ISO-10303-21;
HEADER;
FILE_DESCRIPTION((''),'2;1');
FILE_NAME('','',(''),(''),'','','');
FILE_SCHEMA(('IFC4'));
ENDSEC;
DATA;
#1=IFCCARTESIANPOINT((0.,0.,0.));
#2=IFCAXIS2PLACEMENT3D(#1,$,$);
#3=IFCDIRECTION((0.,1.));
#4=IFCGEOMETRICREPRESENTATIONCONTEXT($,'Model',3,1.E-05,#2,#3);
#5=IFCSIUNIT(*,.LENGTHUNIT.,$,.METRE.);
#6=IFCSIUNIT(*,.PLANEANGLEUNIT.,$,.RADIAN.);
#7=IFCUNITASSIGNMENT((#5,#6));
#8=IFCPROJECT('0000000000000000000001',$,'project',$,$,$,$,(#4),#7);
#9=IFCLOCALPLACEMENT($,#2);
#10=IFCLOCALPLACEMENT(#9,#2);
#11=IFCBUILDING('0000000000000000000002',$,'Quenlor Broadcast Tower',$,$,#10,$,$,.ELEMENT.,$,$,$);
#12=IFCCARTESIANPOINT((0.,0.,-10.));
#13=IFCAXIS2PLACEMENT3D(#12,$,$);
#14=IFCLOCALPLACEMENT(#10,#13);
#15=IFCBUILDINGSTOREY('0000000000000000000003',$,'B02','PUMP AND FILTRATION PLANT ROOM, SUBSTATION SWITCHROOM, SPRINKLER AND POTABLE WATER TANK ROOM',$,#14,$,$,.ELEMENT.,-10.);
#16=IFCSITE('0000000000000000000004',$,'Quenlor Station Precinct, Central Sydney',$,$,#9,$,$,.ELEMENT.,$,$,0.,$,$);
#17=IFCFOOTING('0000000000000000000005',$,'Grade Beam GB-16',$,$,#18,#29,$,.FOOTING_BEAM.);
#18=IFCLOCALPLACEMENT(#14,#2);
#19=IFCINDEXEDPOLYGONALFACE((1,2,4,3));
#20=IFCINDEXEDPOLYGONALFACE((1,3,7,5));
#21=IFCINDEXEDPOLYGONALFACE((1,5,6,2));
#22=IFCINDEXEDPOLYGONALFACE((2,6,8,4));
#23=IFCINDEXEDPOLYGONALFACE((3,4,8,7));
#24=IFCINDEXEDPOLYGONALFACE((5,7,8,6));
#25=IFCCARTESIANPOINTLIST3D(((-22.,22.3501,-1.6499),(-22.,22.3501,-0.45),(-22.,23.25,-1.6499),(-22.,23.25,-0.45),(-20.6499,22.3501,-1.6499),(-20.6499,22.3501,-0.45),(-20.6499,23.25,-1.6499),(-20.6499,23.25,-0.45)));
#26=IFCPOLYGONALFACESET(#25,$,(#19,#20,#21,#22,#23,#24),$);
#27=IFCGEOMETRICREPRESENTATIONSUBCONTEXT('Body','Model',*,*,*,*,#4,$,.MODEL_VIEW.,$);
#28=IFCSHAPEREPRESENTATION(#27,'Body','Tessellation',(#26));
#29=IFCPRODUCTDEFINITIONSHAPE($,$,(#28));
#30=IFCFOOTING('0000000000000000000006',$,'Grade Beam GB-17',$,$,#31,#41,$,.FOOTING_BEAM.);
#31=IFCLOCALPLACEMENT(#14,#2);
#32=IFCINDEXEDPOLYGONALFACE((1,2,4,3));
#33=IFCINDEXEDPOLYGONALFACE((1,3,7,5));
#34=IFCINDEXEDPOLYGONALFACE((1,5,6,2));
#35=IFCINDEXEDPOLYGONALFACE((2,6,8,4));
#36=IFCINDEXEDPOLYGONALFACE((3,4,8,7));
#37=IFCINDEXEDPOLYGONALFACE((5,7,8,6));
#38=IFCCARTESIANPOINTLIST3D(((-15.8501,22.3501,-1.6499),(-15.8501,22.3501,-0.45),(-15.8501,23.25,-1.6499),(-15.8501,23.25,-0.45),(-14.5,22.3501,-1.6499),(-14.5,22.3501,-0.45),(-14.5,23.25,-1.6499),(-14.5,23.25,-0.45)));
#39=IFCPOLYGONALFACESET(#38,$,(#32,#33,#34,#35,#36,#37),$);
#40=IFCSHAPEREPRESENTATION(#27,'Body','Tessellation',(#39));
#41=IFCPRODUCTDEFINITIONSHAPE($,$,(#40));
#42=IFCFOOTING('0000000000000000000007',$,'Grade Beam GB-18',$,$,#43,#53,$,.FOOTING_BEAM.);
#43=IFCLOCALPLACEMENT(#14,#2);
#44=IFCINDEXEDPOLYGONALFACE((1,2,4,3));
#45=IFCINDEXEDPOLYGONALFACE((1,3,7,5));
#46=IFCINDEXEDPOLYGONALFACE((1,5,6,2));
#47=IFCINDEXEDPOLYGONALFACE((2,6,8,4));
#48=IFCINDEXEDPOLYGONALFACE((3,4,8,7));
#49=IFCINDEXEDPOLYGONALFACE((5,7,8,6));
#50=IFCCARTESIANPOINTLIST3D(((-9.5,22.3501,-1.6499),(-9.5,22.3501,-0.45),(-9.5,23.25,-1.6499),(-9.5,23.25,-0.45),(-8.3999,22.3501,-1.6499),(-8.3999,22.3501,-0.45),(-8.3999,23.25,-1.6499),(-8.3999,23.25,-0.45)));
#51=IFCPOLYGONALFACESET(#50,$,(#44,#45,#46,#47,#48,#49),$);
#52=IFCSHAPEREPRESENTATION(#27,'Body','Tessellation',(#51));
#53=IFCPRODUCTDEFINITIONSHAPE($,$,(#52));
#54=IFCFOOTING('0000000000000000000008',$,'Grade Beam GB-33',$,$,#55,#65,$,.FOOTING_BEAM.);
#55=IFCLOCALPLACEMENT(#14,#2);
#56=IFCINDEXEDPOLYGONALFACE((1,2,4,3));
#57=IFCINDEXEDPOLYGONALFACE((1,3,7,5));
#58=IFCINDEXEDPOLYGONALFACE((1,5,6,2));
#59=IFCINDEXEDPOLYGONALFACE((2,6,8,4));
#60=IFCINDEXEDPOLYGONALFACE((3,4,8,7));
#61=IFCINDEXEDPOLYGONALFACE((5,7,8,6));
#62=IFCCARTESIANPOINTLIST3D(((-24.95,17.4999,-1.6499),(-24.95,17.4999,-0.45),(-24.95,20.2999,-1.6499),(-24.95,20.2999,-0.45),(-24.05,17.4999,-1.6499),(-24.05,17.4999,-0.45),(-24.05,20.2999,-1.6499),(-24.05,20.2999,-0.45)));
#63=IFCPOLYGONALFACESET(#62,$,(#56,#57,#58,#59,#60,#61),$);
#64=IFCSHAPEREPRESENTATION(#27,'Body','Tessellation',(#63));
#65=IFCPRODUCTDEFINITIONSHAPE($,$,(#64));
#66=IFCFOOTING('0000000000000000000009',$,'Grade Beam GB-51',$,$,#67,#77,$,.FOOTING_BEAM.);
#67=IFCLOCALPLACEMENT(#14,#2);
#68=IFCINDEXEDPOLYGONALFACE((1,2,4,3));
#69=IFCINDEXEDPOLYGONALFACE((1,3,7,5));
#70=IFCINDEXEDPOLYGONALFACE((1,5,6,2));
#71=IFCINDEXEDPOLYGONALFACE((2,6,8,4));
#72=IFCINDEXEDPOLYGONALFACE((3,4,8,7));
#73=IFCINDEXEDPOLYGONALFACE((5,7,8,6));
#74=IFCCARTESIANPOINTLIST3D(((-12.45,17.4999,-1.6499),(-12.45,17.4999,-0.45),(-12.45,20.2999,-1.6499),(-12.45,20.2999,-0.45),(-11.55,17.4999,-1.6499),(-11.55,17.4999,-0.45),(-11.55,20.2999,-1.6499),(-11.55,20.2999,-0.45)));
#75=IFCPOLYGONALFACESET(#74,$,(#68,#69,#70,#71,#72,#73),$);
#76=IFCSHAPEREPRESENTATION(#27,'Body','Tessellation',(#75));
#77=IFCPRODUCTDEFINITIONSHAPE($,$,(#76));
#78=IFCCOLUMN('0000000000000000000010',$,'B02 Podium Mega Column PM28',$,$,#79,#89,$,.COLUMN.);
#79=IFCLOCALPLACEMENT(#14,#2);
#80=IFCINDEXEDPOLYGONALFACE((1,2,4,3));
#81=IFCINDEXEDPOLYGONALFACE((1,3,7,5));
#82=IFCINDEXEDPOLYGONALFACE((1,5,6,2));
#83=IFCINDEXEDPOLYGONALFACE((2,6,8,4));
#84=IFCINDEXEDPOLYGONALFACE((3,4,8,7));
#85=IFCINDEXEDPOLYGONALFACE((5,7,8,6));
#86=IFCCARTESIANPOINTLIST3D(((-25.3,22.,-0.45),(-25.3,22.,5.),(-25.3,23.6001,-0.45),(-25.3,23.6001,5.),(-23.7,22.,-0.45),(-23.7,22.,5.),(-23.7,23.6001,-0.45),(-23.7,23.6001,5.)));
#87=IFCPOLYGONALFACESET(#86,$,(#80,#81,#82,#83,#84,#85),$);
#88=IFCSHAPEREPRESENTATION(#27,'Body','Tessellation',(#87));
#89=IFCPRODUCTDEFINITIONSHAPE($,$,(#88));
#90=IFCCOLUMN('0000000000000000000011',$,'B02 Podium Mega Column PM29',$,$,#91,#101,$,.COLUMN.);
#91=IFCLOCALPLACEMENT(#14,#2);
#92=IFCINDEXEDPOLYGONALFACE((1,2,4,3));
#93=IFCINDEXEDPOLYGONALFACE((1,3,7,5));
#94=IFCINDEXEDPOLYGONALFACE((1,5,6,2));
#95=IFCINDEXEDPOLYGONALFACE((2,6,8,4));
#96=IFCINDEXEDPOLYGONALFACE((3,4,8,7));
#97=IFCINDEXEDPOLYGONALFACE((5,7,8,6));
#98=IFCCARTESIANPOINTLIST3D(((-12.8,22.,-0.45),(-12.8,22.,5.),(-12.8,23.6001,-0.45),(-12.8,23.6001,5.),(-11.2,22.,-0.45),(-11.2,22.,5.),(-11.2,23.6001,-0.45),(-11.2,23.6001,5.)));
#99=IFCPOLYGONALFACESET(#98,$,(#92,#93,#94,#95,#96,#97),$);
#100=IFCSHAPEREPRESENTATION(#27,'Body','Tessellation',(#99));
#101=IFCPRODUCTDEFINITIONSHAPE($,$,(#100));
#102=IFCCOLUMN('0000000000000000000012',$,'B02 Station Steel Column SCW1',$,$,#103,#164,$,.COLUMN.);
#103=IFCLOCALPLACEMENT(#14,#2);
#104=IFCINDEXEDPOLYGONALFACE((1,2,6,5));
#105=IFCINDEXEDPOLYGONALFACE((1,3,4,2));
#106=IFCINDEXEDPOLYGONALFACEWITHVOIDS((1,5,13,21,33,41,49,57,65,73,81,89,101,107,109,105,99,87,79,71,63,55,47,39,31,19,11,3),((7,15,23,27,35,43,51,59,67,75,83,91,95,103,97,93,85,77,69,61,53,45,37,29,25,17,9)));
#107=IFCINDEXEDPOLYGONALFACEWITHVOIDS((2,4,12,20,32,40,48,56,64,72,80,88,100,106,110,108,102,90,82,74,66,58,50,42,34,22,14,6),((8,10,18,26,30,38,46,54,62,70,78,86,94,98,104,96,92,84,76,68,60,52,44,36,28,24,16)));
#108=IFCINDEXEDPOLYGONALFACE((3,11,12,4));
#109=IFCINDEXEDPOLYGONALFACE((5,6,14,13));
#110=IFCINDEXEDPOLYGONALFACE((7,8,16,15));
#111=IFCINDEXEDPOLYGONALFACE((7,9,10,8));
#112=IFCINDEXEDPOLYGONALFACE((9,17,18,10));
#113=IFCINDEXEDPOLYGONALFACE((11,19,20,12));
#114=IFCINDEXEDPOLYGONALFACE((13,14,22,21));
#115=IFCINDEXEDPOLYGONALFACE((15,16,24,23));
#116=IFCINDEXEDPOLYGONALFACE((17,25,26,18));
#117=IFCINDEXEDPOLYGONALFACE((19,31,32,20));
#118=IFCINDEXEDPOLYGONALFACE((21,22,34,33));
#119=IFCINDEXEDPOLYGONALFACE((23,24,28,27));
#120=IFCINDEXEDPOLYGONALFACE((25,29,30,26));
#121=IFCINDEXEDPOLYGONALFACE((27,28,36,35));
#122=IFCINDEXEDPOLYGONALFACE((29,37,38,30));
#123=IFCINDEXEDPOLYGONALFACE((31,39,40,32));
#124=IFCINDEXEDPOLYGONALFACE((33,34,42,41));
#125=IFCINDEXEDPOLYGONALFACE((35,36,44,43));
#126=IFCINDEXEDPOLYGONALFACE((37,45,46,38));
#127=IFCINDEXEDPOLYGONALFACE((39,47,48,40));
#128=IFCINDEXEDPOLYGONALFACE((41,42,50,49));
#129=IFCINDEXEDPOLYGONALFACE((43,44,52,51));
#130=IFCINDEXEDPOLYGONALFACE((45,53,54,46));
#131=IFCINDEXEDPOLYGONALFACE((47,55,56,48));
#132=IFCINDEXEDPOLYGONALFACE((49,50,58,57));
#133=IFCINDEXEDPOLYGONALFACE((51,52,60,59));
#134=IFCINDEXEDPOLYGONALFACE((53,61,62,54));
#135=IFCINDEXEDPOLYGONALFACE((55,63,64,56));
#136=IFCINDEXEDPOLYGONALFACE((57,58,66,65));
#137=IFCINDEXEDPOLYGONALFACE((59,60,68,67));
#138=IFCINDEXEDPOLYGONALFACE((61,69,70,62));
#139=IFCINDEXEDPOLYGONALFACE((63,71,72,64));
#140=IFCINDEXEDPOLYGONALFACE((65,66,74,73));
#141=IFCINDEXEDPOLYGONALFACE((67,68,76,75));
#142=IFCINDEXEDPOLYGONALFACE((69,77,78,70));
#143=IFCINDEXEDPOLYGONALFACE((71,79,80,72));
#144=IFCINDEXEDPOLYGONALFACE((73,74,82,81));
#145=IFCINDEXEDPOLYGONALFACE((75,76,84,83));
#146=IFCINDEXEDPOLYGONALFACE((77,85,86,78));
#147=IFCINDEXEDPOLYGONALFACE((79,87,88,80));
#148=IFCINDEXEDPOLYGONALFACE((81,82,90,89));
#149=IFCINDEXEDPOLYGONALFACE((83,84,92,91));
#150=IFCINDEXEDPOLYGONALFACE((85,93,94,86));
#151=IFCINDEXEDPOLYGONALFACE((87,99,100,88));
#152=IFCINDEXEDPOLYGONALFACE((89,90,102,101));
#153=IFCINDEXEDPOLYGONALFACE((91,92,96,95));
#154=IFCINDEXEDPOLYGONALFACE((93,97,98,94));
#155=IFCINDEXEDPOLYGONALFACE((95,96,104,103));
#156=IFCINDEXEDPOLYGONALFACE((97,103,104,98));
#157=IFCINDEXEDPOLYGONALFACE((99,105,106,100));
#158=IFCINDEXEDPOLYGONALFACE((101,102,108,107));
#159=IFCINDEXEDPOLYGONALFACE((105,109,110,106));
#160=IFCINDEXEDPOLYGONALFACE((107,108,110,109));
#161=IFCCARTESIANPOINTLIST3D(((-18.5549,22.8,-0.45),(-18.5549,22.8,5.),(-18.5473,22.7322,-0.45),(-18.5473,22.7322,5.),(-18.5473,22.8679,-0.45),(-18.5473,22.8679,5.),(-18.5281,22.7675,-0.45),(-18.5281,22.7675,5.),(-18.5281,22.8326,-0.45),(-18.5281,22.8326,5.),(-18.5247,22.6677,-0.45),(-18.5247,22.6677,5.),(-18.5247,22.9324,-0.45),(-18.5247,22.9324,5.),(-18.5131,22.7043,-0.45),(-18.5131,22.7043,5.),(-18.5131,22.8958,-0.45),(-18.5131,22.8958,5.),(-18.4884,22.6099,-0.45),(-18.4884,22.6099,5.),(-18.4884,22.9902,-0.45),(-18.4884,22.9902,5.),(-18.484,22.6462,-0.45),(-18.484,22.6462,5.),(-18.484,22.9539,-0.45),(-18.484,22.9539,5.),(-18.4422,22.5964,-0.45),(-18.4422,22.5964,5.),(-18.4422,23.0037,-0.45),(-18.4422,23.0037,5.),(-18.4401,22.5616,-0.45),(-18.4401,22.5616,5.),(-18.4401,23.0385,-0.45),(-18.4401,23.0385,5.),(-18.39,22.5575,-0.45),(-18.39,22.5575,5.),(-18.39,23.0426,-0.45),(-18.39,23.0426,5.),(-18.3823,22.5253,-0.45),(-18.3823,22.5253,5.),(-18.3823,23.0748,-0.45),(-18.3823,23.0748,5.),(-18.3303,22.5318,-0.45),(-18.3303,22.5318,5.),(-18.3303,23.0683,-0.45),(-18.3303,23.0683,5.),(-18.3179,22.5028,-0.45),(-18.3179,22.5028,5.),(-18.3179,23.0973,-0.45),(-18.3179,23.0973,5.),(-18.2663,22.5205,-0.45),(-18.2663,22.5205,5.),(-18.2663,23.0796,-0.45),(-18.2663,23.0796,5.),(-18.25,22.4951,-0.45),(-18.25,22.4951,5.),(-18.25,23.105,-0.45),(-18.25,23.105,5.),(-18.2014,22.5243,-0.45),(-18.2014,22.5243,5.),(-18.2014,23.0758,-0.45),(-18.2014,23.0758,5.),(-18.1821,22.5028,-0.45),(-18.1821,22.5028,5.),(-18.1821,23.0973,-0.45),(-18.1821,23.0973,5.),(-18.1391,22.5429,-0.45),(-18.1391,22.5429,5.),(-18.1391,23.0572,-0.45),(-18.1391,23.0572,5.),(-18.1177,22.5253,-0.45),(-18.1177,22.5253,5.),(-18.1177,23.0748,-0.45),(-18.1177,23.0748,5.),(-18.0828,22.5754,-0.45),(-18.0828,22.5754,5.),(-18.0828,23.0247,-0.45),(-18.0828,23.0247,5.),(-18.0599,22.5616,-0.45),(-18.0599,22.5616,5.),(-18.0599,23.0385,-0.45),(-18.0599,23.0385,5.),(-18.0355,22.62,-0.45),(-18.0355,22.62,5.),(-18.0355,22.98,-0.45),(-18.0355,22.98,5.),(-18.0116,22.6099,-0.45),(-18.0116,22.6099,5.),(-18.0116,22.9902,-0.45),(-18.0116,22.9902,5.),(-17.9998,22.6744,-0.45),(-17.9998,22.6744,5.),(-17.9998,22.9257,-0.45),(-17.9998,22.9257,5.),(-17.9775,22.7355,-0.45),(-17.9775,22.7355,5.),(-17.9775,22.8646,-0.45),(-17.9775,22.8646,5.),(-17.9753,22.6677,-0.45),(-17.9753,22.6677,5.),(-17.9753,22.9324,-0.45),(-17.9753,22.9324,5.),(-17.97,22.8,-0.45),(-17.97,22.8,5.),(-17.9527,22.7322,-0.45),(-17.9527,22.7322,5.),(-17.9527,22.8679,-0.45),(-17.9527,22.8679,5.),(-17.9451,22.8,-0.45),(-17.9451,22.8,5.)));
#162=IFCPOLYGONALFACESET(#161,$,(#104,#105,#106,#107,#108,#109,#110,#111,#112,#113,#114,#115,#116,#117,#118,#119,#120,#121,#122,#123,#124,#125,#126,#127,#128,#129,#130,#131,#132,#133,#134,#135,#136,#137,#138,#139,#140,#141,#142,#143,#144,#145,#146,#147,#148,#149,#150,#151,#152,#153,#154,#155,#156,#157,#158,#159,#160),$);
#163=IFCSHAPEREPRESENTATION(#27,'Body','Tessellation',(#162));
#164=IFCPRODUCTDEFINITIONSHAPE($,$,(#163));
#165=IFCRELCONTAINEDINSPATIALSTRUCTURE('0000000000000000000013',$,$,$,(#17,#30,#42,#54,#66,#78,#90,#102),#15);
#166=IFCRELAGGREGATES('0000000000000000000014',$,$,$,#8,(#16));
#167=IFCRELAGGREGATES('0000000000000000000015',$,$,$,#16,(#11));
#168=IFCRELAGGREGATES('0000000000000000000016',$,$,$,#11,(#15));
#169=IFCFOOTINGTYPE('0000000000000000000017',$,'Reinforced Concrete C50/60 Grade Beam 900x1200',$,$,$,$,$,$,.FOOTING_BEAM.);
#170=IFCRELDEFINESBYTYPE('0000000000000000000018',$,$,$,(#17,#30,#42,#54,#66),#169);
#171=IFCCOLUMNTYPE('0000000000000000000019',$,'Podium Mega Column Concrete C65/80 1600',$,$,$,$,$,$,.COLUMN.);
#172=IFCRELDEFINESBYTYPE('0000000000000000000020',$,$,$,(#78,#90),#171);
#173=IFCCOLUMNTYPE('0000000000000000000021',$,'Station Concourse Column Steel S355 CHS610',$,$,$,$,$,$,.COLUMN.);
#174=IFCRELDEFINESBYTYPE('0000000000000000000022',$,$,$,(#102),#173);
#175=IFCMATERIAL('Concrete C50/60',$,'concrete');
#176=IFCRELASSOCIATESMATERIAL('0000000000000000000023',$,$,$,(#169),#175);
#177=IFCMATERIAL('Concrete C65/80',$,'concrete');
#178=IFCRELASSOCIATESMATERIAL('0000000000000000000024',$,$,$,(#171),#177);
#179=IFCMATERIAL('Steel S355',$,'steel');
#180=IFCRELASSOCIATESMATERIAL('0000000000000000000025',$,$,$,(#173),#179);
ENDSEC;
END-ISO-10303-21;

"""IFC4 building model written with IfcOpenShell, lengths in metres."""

from ifc_helpers import new_model, si_unit, direction, frame, origin, origin_2d, place, context, subcontext, project, spatial, rectangle, hollow_circle, extrude, material, material_profile, profile_set, type_object, element, save


model = new_model("IFC4")

# Units and contexts
model_context = context("Model", 3, precision=1e-05, world=origin(), true_north=direction((0.0, 1.0)))
body_context = subcontext(model_context, "Body", "Model", "MODEL_VIEW")
ifc_project = project(units=[si_unit("LENGTHUNIT", "METRE"), si_unit("PLANEANGLEUNIT", "RADIAN")], contexts=[model_context])

# Site, building, storey
site_placement = place(None, origin())
site = spatial("IfcSite", under=ifc_project, at=site_placement, Name="Quenlor Station Precinct, Central Sydney", CompositionType="ELEMENT", RefElevation=0.0)
building_placement = place(site_placement, origin())
building = spatial("IfcBuilding", under=site, at=building_placement, Name="Quenlor Broadcast Tower", CompositionType="ELEMENT")
storey_placement = place(building_placement, frame((0.0, 0.0, -10.0)))
storey = spatial("IfcBuildingStorey", under=building, at=storey_placement, Name="B02", Description="PUMP AND FILTRATION PLANT ROOM, SUBSTATION SWITCHROOM, SPRINKLER AND POTABLE WATER TANK ROOM", CompositionType="ELEMENT", Elevation=-10.0)

# Footings
ifc_material_1 = material(Name="Concrete C50/60", Category="concrete")
footing_type_1 = type_object("IfcFootingType", Name="Reinforced Concrete C50/60 Grade Beam 900x1200", PredefinedType="FOOTING_BEAM", material=ifc_material_1)
for number, where, z_axis, x_axis, name in (
    (1, (-21.325, 22.8, -1.6499), (0.0, 0.0, 1.0), (1.0, 0.0, 0.0), "Grade Beam GB-16"),
    (2, (-15.175, 22.8, -1.6499), (0.0, 0.0, 1.0), (1.0, 0.0, 0.0), "Grade Beam GB-17"),
):
    element("IfcFooting", number, at=place(storey_placement, frame(where, z_axis=z_axis, x_axis=x_axis)), inside=storey, type_object=footing_type_1, Name=name, PredefinedType="FOOTING_BEAM", context=body_context, shape_type="SweptSolid", body=[
        extrude(rectangle(XDim=1.3501, YDim=0.8999, at=origin_2d()), origin(), (0.0, 0.0, 1.0), 1.2),
    ])
footing_placement = place(storey_placement, frame((-8.95, 22.8, -1.6499), z_axis=(0.0, 0.0, 1.0), x_axis=(1.0, 0.0, 0.0)))
element("IfcFooting", 3, at=footing_placement, inside=storey, type_object=footing_type_1, Name="Grade Beam GB-18", PredefinedType="FOOTING_BEAM", context=body_context, shape_type="SweptSolid", body=[
    extrude(rectangle(XDim=1.1001, YDim=0.8999, at=origin_2d()), origin(), (0.0, 0.0, 1.0), 1.2),
])
for number, where, z_axis, x_axis, name in (
    (4, (-24.5, 18.8999, -1.6499), (0.0, 0.0, 1.0), (0.0, 1.0, 0.0), "Grade Beam GB-33"),
    (5, (-12.0, 18.8999, -1.6499), (0.0, 0.0, 1.0), (0.0, 1.0, 0.0), "Grade Beam GB-51"),
):
    element("IfcFooting", number, at=place(storey_placement, frame(where, z_axis=z_axis, x_axis=x_axis)), inside=storey, type_object=footing_type_1, Name=name, PredefinedType="FOOTING_BEAM", context=body_context, shape_type="SweptSolid", body=[
        extrude(rectangle(XDim=2.8, YDim=0.8999, at=origin_2d()), origin(), (0.0, 0.0, 1.0), 1.2),
    ])

# Columns
ifc_material_2 = material(Name="Concrete C65/80", Category="concrete")
ifc_material_profile_1 = material_profile(ifc_material_2, rectangle(XDim=1.6001, YDim=1.6001, at=origin_2d()))
ifc_profile_set_1 = profile_set([ifc_material_profile_1], Name="Concrete C65/80 RC1600x1600")
column_type_1 = type_object("IfcColumnType", Name="Podium Mega Column Concrete C65/80 1600", PredefinedType="COLUMN", material=ifc_profile_set_1)
for number, where, z_axis, x_axis, name in (
    (6, (-24.5, 22.8, -0.45), (0.0, 0.0, 1.0), (1.0, 0.0, 0.0), "B02 Podium Mega Column PM28"),
    (7, (-12.0, 22.8, -0.45), (0.0, 0.0, 1.0), (1.0, 0.0, 0.0), "B02 Podium Mega Column PM29"),
):
    element("IfcColumn", number, at=place(storey_placement, frame(where, z_axis=z_axis, x_axis=x_axis)), inside=storey, type_object=column_type_1, Name=name, PredefinedType="COLUMN", context=body_context, shape_type="SweptSolid", body=[
        extrude(rectangle(XDim=1.6001, YDim=1.6001, at=origin_2d()), origin(), (0.0, 0.0, 1.0), 5.45),
    ])
ifc_material_3 = material(Name="Steel S355", Category="steel")
ifc_material_profile_2 = material_profile(ifc_material_3, hollow_circle(Radius=0.3049, WallThickness=0.0249, at=origin_2d()))
ifc_profile_set_2 = profile_set([ifc_material_profile_2], Name="Steel S355 CHS610x25")
column_type_2 = type_object("IfcColumnType", Name="Station Concourse Column Steel S355 CHS610", PredefinedType="COLUMN", material=ifc_profile_set_2)
column_1_placement = place(storey_placement, frame((-18.25, 22.8, -0.45), z_axis=(0.0, 0.0, 1.0), x_axis=(1.0, 0.0, 0.0)))
element("IfcColumn", 8, at=column_1_placement, inside=storey, type_object=column_type_2, Name="B02 Station Steel Column SCW1", PredefinedType="COLUMN", context=body_context, shape_type="SweptSolid", body=[
    extrude(hollow_circle(Radius=0.3049, WallThickness=0.0249, at=origin_2d()), origin(), (0.0, 0.0, 1.0), 5.45),
])

save(model, "model.ifc")
